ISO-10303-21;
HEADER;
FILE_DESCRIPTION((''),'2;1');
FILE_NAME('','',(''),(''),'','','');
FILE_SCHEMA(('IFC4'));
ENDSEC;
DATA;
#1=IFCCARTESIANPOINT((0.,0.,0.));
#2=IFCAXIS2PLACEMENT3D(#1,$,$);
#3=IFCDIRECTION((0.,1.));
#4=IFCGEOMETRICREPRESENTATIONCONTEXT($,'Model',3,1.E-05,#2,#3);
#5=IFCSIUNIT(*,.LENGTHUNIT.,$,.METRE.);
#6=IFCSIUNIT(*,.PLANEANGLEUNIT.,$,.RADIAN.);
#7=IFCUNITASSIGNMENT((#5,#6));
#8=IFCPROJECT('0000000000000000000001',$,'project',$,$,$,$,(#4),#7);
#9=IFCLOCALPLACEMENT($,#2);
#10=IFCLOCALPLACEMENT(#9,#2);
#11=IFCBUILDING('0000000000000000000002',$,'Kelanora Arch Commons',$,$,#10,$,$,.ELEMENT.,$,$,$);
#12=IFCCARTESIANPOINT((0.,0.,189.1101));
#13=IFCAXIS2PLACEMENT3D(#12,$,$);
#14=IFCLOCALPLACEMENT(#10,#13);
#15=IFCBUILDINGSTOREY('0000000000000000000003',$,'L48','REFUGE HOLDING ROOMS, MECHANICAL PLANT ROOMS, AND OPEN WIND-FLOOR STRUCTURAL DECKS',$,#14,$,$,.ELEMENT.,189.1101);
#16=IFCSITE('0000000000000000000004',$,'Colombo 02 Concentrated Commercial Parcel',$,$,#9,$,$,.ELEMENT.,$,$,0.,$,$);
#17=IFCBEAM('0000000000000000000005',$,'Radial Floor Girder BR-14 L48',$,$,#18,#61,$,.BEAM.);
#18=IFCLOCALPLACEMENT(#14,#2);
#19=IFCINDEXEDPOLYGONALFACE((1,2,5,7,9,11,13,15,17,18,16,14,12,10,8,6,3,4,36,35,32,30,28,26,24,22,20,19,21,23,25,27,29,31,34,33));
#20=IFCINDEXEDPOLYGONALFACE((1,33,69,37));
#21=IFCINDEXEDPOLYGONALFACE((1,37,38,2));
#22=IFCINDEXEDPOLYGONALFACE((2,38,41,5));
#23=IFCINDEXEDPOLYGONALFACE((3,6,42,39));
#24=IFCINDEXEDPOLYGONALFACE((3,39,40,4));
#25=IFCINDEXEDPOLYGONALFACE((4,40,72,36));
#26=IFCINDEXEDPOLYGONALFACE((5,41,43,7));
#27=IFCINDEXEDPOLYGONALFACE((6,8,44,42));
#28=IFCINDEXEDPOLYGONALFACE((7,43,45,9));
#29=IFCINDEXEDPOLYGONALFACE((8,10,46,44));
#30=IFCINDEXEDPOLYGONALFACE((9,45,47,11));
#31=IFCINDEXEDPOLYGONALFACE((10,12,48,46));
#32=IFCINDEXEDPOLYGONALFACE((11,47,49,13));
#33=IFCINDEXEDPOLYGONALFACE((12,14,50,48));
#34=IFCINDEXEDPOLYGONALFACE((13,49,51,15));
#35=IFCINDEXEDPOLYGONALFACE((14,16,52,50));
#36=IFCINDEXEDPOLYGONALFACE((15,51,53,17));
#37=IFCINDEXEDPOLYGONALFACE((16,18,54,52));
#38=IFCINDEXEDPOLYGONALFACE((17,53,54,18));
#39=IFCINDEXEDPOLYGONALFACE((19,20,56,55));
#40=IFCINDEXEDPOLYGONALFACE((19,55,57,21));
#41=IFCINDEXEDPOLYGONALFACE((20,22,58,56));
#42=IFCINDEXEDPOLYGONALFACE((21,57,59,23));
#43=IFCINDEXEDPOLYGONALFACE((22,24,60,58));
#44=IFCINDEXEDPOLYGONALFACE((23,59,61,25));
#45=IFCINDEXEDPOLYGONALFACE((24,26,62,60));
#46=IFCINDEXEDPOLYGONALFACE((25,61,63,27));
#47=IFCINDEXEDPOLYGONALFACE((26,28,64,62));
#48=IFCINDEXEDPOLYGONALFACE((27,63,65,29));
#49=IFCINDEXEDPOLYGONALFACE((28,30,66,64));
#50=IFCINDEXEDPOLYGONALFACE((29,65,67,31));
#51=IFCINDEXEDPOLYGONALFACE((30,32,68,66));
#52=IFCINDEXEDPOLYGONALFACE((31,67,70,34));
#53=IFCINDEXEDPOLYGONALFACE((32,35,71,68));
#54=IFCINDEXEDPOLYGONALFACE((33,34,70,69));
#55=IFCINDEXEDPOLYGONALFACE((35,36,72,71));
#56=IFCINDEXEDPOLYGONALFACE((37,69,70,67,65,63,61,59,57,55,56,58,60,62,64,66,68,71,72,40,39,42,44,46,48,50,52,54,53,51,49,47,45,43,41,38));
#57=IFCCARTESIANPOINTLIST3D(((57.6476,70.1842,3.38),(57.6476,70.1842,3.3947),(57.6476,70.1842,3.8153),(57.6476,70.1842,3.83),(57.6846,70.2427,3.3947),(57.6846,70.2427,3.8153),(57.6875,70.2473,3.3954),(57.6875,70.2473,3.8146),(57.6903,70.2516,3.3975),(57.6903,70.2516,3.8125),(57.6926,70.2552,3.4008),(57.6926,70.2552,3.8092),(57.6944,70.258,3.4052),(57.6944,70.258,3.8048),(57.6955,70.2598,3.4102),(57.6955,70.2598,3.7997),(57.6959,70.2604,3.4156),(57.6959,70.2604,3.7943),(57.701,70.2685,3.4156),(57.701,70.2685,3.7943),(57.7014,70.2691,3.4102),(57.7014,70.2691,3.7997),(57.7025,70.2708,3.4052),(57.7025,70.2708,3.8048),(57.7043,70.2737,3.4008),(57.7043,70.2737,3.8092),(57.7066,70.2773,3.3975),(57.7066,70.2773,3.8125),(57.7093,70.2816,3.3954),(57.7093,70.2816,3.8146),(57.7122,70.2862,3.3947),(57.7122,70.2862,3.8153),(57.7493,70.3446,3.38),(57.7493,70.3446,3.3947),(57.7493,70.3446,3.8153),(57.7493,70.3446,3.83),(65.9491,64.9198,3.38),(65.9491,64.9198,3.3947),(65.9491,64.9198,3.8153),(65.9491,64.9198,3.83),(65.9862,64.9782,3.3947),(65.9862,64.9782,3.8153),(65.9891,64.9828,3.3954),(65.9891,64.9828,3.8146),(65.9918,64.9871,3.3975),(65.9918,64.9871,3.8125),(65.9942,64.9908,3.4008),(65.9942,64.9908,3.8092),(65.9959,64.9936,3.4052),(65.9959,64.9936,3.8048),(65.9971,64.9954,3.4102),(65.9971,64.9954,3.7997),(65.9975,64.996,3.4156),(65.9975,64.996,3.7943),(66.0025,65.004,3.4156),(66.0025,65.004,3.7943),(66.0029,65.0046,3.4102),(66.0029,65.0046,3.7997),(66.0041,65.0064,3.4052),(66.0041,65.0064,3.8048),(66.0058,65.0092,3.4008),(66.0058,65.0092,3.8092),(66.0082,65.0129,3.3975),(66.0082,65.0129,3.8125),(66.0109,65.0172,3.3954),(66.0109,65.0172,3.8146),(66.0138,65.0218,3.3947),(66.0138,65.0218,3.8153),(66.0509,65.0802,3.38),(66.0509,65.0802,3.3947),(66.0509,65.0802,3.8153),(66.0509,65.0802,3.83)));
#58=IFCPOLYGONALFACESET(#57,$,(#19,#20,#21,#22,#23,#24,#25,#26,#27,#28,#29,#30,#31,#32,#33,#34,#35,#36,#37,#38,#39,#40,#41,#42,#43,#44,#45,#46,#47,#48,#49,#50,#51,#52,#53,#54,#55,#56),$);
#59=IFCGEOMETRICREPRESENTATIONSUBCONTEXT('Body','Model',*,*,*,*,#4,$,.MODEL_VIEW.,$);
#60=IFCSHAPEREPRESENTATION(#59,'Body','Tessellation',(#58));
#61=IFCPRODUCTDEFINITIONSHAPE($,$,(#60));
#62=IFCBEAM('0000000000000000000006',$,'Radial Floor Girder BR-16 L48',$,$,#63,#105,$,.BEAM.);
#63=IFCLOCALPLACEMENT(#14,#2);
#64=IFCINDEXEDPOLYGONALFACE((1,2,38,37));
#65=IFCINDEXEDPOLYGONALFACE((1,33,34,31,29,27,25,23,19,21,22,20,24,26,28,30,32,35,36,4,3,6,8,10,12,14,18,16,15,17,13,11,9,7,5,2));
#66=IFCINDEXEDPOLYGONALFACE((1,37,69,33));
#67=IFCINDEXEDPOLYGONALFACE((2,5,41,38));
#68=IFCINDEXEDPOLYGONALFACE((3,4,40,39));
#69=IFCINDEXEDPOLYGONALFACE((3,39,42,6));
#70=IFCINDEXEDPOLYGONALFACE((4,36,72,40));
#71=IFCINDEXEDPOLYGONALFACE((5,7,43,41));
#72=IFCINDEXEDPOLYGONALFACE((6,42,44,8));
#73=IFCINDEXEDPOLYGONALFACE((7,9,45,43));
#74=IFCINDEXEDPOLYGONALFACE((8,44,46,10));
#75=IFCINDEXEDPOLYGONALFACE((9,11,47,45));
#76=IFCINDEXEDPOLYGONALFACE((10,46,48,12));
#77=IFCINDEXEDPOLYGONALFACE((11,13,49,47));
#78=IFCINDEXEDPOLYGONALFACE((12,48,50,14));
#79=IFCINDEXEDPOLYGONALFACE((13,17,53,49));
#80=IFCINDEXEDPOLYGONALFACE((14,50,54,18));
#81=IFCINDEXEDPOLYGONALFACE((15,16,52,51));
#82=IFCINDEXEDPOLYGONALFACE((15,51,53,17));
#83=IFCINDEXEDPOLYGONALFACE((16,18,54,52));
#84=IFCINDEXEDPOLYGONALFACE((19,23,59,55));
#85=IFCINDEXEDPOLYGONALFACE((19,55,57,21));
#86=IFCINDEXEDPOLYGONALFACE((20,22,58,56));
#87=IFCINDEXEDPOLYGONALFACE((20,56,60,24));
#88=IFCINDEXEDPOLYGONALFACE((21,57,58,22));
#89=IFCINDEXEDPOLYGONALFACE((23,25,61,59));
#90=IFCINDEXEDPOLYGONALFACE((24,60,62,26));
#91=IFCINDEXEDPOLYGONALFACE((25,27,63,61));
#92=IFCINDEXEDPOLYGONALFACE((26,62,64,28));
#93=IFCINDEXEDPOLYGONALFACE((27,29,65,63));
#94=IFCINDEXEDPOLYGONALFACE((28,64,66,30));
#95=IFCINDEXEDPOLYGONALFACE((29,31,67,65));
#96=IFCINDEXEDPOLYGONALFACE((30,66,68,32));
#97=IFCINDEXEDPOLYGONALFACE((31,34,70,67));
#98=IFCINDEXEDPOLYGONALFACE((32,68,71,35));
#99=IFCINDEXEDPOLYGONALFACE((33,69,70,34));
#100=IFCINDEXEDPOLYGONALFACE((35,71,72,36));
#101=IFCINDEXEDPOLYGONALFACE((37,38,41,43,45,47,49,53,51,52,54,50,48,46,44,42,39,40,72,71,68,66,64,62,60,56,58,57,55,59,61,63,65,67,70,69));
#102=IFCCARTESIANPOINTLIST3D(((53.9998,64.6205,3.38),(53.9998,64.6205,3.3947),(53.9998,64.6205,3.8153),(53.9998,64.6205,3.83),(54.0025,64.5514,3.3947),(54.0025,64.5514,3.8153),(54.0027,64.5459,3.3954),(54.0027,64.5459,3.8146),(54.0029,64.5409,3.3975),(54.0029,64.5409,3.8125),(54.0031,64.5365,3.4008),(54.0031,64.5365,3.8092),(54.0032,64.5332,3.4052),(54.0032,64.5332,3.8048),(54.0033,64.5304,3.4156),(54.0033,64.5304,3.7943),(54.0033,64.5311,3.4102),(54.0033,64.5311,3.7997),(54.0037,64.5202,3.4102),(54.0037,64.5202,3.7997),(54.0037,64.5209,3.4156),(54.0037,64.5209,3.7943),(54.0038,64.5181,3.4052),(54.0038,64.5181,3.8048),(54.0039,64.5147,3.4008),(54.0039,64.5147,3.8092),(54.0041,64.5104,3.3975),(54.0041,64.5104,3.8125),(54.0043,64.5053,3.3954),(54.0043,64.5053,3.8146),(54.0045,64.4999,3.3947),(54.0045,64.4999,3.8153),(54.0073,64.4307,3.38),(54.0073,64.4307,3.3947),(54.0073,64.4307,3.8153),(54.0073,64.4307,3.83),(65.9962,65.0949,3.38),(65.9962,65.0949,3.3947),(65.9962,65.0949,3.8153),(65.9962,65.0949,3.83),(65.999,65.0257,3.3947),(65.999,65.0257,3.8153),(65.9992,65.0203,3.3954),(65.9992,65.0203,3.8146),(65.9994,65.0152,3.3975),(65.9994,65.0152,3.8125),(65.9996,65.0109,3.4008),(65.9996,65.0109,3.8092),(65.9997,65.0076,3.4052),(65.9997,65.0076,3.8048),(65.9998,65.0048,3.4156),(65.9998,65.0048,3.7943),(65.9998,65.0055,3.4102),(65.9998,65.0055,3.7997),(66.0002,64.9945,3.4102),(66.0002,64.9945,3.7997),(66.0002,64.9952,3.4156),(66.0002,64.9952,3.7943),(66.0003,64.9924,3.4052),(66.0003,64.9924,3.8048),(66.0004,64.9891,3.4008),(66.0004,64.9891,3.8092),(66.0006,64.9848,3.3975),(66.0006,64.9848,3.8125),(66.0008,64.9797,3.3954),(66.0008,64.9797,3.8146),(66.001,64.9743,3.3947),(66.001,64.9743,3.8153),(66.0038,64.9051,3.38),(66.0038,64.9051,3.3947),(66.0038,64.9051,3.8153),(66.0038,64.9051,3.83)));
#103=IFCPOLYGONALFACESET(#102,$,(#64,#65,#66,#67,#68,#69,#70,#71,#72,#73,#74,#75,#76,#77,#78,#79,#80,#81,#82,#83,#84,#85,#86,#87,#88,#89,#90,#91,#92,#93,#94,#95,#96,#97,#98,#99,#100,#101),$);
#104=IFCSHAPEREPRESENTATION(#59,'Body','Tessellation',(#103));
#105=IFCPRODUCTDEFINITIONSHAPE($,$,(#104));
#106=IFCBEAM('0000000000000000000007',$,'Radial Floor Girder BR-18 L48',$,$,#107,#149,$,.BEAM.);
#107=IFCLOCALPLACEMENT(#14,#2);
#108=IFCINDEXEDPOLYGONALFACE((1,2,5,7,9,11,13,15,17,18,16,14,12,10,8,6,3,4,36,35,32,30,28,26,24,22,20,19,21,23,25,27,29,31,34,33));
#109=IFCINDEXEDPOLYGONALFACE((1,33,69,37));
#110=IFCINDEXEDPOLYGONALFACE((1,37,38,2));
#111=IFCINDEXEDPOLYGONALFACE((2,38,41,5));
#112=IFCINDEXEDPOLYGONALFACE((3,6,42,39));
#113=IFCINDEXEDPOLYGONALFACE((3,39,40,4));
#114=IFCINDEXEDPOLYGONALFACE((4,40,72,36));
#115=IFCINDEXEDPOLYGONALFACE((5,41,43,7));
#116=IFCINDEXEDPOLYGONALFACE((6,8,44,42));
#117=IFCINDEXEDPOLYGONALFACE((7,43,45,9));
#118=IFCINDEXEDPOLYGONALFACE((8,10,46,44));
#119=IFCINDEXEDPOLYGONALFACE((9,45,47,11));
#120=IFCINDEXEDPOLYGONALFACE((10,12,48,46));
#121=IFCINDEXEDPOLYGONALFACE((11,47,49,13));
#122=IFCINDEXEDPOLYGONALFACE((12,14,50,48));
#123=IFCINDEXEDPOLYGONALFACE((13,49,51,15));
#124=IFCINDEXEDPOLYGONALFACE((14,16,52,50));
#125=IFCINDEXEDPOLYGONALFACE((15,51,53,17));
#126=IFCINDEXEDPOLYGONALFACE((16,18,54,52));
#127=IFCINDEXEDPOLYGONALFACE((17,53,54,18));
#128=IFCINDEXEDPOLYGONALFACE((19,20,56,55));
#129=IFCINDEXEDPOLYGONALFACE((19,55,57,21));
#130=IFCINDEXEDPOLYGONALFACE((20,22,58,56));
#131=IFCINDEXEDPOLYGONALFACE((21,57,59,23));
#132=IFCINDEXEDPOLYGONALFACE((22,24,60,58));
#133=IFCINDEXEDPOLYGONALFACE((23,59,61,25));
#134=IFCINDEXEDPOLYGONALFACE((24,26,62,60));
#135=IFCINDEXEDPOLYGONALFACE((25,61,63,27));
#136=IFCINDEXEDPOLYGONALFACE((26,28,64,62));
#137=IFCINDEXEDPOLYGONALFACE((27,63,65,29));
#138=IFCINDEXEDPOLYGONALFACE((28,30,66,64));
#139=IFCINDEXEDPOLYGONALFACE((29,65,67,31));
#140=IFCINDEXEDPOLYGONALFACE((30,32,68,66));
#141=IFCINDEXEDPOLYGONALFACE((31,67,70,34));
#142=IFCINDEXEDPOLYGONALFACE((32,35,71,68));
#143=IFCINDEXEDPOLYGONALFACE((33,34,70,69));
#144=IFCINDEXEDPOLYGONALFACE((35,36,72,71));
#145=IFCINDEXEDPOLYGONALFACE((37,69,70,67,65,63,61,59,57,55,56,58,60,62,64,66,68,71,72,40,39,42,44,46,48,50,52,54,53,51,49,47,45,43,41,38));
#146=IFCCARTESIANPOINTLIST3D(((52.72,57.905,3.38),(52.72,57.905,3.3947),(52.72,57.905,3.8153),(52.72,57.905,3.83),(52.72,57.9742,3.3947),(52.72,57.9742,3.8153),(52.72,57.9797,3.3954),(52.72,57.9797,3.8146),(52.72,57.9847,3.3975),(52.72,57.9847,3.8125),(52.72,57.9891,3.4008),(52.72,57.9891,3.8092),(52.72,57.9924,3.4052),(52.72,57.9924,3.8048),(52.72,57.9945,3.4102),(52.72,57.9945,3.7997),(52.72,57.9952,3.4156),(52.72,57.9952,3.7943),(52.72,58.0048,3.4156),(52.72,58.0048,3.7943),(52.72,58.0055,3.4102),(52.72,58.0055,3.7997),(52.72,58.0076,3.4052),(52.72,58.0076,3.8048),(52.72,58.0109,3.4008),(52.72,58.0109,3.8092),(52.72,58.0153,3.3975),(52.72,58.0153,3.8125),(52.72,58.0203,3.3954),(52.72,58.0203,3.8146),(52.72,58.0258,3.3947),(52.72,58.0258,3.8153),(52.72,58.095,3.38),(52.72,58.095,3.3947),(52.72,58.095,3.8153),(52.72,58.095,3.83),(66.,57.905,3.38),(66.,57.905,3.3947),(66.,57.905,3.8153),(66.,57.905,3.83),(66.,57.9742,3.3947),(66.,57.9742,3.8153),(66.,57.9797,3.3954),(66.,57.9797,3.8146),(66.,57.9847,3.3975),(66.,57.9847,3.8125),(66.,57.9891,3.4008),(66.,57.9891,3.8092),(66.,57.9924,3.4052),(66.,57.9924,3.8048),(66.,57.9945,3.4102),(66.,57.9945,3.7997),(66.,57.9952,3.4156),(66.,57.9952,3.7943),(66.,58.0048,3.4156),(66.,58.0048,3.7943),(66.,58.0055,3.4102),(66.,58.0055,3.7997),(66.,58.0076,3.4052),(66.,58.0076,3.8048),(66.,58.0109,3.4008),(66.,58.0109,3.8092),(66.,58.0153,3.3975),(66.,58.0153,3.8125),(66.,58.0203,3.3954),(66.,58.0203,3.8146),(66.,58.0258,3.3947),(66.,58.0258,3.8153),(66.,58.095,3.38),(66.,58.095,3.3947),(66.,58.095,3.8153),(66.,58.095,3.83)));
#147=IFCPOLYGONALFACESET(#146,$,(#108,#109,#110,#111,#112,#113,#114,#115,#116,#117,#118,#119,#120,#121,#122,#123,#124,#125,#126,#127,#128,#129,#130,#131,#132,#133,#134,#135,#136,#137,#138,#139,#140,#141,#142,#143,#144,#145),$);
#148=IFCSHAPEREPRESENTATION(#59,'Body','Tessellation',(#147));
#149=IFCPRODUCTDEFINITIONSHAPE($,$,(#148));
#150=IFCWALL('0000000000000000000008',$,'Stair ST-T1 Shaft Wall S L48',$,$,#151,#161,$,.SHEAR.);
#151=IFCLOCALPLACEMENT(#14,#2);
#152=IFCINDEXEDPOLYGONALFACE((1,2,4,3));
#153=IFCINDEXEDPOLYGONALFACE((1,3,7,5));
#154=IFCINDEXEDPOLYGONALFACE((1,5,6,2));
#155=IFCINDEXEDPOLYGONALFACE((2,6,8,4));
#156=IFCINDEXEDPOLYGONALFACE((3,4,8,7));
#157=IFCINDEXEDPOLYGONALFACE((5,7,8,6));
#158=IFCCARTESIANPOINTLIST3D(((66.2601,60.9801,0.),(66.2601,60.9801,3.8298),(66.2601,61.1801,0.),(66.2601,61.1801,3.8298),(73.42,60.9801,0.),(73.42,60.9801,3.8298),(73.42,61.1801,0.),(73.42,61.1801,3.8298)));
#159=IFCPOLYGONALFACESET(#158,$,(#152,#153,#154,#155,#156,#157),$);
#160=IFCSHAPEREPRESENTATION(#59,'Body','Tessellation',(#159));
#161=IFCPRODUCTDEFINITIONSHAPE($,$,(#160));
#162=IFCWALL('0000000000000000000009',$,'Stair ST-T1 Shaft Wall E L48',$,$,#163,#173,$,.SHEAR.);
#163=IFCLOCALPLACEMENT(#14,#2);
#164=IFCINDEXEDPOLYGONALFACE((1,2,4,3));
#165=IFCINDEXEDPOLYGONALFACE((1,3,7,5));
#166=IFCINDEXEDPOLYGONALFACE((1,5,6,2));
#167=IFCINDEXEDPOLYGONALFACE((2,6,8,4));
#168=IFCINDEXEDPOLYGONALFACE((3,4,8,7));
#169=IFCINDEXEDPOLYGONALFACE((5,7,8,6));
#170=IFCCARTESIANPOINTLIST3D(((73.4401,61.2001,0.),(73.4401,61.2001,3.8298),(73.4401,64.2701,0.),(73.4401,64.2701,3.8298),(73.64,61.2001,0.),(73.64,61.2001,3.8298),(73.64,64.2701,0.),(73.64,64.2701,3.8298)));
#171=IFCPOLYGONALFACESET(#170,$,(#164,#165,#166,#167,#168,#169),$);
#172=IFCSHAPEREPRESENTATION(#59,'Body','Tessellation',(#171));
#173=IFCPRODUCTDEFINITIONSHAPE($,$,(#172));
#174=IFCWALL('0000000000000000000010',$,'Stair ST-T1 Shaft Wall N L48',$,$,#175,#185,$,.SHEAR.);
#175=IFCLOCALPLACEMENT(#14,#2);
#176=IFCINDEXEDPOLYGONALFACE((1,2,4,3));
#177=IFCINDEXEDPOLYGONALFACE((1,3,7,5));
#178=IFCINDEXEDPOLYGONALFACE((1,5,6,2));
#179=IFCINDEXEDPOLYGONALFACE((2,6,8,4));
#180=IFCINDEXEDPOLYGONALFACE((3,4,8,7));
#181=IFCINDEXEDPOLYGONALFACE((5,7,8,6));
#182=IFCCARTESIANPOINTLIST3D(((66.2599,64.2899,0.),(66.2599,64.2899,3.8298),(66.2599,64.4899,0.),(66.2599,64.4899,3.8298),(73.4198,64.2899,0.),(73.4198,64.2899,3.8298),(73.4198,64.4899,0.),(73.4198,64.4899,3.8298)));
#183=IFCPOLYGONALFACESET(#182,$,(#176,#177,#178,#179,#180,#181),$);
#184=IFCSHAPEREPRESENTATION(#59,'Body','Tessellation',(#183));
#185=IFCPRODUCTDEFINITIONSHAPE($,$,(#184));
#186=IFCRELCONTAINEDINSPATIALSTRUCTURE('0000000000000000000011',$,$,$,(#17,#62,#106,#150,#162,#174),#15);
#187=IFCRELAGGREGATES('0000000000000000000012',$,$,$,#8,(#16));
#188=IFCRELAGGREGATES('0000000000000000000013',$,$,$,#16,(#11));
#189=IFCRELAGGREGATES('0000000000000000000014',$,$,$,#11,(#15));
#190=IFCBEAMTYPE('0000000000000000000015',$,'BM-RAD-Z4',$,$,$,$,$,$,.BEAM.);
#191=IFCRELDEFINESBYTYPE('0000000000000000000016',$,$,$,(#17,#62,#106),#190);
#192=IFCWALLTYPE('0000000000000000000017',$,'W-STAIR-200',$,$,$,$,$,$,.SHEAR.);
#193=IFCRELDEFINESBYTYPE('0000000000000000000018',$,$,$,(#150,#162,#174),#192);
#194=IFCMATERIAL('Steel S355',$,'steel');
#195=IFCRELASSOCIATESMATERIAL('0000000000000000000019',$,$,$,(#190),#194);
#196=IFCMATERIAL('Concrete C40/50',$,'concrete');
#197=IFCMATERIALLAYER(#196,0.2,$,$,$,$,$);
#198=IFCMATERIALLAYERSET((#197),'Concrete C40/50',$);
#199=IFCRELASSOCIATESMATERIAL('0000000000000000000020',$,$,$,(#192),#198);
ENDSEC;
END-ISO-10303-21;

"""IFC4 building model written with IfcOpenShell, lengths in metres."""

from ifc_helpers import new_model, si_unit, direction, frame, frame_2d, origin, origin_2d, place, context, subcontext, project, spatial, rectangle, i_section, extrude, material, layer, layer_set, material_profile, profile_set, type_object, element, save


model = new_model("IFC4")

# Units and contexts
model_context = context("Model", 3, precision=1e-05, world=origin(), true_north=direction((0.0, 1.0)))
body_context = subcontext(model_context, "Body", "Model", "MODEL_VIEW")
ifc_project = project(units=[si_unit("LENGTHUNIT", "METRE"), si_unit("PLANEANGLEUNIT", "RADIAN")], contexts=[model_context])

# Site, building, storey
site_placement = place(None, origin())
site = spatial("IfcSite", under=ifc_project, at=site_placement, Name="Colombo 02 Concentrated Commercial Parcel", CompositionType="ELEMENT", RefElevation=0.0)
building_placement = place(site_placement, origin())
building = spatial("IfcBuilding", under=site, at=building_placement, Name="Kelanora Arch Commons", CompositionType="ELEMENT")
storey_placement = place(building_placement, frame((0.0, 0.0, 189.1101)))
storey = spatial("IfcBuildingStorey", under=building, at=storey_placement, Name="L48", Description="REFUGE HOLDING ROOMS, MECHANICAL PLANT ROOMS, AND OPEN WIND-FLOOR STRUCTURAL DECKS", CompositionType="ELEMENT", Elevation=189.1101)

# Beams
ifc_material_1 = material(Name="Steel S355", Category="steel")
ifc_material_profile_1 = material_profile(ifc_material_1, i_section(OverallWidth=0.1899, OverallDepth=0.45, WebThickness=0.0095, FlangeThickness=0.0146, FilletRadius=0.021, at=origin_2d()), Name="IPE450")
ifc_profile_set_1 = profile_set([ifc_material_profile_1], Name="Steel S355")
beam_type_1 = type_object("IfcBeamType", Name="BM-RAD-Z4", PredefinedType="BEAM", material=ifc_profile_set_1)
beam_1_placement = place(storey_placement, frame((66.0, 65.0, 3.605), z_axis=(-0.844507, 0.535544, 0.0), x_axis=(-0.535544, -0.844507, 0.0)))
element("IfcBeam", 1, at=beam_1_placement, inside=storey, type_object=beam_type_1, Name="Radial Floor Girder BR-14 L48", PredefinedType="BEAM", context=body_context, shape_type="SweptSolid", body=[
    extrude(i_section(OverallWidth=0.1899, OverallDepth=0.45, WebThickness=0.0095, FlangeThickness=0.0146, FilletRadius=0.021, at=origin_2d()), origin(), (0.0, 0.0, 1.0), 9.8301),
])
beam_2_placement = place(storey_placement, frame((66.0, 65.0, 3.605), z_axis=(-0.999219, -0.039511, 0.0), x_axis=(0.039511, -0.999219, 0.0)))
element("IfcBeam", 2, at=beam_2_placement, inside=storey, type_object=beam_type_1, Name="Radial Floor Girder BR-16 L48", PredefinedType="BEAM", context=body_context, shape_type="SweptSolid", body=[
    extrude(i_section(OverallWidth=0.1899, OverallDepth=0.45, WebThickness=0.0095, FlangeThickness=0.0146, FilletRadius=0.021, at=origin_2d()), origin(), (0.0, 0.0, 1.0), 12.0059),
])
beam_3_placement = place(storey_placement, frame((66.0, 58.0, 3.605), z_axis=(-1.0, 0.0, 0.0), x_axis=(0.0, -1.0, 0.0)))
element("IfcBeam", 3, at=beam_3_placement, inside=storey, type_object=beam_type_1, Name="Radial Floor Girder BR-18 L48", PredefinedType="BEAM", context=body_context, shape_type="SweptSolid", body=[
    extrude(i_section(OverallWidth=0.1899, OverallDepth=0.45, WebThickness=0.0095, FlangeThickness=0.0146, FilletRadius=0.021, at=origin_2d()), origin(), (0.0, 0.0, 1.0), 13.28),
])

# Walls
ifc_material_2 = material(Name="Concrete C40/50", Category="concrete")
ifc_layer = layer(ifc_material_2, 0.2)
ifc_layer_set = layer_set([ifc_layer], Name="Concrete C40/50")
wall_type = type_object("IfcWallType", Name="W-STAIR-200", PredefinedType="SHEAR", material=ifc_layer_set)
wall_1_placement = place(storey_placement, frame((66.26, 61.0801, 0.0), z_axis=(0.0, 0.0, 1.0), x_axis=(1.0, 0.0, 0.0)))
element("IfcWall", 4, at=wall_1_placement, inside=storey, type_object=wall_type, Name="Stair ST-T1 Shaft Wall S L48", PredefinedType="SHEAR", context=body_context, shape_type="SweptSolid", body=[
    extrude(rectangle(XDim=7.1599, YDim=0.2, at=frame_2d((3.5801, 0.0))), origin(), (0.0, 0.0, 1.0), 3.8298),
])
wall_2_placement = place(storey_placement, frame((73.54, 61.2, 0.0), z_axis=(0.0, 0.0, 1.0), x_axis=(0.0, 1.0, 0.0)))
element("IfcWall", 5, at=wall_2_placement, inside=storey, type_object=wall_type, Name="Stair ST-T1 Shaft Wall E L48", PredefinedType="SHEAR", context=body_context, shape_type="SweptSolid", body=[
    extrude(rectangle(XDim=3.0701, YDim=0.2, at=frame_2d((1.5352, 0.0))), origin(), (0.0, 0.0, 1.0), 3.8298),
])
wall_3_placement = place(storey_placement, frame((73.4199, 64.3899, 0.0), z_axis=(0.0, 0.0, 1.0), x_axis=(-1.0, 0.0, 0.0)))
element("IfcWall", 6, at=wall_3_placement, inside=storey, type_object=wall_type, Name="Stair ST-T1 Shaft Wall N L48", PredefinedType="SHEAR", context=body_context, shape_type="SweptSolid", body=[
    extrude(rectangle(XDim=7.1599, YDim=0.2, at=frame_2d((3.5801, 0.0))), origin(), (0.0, 0.0, 1.0), 3.8298),
])

save(model, "model.ifc")
